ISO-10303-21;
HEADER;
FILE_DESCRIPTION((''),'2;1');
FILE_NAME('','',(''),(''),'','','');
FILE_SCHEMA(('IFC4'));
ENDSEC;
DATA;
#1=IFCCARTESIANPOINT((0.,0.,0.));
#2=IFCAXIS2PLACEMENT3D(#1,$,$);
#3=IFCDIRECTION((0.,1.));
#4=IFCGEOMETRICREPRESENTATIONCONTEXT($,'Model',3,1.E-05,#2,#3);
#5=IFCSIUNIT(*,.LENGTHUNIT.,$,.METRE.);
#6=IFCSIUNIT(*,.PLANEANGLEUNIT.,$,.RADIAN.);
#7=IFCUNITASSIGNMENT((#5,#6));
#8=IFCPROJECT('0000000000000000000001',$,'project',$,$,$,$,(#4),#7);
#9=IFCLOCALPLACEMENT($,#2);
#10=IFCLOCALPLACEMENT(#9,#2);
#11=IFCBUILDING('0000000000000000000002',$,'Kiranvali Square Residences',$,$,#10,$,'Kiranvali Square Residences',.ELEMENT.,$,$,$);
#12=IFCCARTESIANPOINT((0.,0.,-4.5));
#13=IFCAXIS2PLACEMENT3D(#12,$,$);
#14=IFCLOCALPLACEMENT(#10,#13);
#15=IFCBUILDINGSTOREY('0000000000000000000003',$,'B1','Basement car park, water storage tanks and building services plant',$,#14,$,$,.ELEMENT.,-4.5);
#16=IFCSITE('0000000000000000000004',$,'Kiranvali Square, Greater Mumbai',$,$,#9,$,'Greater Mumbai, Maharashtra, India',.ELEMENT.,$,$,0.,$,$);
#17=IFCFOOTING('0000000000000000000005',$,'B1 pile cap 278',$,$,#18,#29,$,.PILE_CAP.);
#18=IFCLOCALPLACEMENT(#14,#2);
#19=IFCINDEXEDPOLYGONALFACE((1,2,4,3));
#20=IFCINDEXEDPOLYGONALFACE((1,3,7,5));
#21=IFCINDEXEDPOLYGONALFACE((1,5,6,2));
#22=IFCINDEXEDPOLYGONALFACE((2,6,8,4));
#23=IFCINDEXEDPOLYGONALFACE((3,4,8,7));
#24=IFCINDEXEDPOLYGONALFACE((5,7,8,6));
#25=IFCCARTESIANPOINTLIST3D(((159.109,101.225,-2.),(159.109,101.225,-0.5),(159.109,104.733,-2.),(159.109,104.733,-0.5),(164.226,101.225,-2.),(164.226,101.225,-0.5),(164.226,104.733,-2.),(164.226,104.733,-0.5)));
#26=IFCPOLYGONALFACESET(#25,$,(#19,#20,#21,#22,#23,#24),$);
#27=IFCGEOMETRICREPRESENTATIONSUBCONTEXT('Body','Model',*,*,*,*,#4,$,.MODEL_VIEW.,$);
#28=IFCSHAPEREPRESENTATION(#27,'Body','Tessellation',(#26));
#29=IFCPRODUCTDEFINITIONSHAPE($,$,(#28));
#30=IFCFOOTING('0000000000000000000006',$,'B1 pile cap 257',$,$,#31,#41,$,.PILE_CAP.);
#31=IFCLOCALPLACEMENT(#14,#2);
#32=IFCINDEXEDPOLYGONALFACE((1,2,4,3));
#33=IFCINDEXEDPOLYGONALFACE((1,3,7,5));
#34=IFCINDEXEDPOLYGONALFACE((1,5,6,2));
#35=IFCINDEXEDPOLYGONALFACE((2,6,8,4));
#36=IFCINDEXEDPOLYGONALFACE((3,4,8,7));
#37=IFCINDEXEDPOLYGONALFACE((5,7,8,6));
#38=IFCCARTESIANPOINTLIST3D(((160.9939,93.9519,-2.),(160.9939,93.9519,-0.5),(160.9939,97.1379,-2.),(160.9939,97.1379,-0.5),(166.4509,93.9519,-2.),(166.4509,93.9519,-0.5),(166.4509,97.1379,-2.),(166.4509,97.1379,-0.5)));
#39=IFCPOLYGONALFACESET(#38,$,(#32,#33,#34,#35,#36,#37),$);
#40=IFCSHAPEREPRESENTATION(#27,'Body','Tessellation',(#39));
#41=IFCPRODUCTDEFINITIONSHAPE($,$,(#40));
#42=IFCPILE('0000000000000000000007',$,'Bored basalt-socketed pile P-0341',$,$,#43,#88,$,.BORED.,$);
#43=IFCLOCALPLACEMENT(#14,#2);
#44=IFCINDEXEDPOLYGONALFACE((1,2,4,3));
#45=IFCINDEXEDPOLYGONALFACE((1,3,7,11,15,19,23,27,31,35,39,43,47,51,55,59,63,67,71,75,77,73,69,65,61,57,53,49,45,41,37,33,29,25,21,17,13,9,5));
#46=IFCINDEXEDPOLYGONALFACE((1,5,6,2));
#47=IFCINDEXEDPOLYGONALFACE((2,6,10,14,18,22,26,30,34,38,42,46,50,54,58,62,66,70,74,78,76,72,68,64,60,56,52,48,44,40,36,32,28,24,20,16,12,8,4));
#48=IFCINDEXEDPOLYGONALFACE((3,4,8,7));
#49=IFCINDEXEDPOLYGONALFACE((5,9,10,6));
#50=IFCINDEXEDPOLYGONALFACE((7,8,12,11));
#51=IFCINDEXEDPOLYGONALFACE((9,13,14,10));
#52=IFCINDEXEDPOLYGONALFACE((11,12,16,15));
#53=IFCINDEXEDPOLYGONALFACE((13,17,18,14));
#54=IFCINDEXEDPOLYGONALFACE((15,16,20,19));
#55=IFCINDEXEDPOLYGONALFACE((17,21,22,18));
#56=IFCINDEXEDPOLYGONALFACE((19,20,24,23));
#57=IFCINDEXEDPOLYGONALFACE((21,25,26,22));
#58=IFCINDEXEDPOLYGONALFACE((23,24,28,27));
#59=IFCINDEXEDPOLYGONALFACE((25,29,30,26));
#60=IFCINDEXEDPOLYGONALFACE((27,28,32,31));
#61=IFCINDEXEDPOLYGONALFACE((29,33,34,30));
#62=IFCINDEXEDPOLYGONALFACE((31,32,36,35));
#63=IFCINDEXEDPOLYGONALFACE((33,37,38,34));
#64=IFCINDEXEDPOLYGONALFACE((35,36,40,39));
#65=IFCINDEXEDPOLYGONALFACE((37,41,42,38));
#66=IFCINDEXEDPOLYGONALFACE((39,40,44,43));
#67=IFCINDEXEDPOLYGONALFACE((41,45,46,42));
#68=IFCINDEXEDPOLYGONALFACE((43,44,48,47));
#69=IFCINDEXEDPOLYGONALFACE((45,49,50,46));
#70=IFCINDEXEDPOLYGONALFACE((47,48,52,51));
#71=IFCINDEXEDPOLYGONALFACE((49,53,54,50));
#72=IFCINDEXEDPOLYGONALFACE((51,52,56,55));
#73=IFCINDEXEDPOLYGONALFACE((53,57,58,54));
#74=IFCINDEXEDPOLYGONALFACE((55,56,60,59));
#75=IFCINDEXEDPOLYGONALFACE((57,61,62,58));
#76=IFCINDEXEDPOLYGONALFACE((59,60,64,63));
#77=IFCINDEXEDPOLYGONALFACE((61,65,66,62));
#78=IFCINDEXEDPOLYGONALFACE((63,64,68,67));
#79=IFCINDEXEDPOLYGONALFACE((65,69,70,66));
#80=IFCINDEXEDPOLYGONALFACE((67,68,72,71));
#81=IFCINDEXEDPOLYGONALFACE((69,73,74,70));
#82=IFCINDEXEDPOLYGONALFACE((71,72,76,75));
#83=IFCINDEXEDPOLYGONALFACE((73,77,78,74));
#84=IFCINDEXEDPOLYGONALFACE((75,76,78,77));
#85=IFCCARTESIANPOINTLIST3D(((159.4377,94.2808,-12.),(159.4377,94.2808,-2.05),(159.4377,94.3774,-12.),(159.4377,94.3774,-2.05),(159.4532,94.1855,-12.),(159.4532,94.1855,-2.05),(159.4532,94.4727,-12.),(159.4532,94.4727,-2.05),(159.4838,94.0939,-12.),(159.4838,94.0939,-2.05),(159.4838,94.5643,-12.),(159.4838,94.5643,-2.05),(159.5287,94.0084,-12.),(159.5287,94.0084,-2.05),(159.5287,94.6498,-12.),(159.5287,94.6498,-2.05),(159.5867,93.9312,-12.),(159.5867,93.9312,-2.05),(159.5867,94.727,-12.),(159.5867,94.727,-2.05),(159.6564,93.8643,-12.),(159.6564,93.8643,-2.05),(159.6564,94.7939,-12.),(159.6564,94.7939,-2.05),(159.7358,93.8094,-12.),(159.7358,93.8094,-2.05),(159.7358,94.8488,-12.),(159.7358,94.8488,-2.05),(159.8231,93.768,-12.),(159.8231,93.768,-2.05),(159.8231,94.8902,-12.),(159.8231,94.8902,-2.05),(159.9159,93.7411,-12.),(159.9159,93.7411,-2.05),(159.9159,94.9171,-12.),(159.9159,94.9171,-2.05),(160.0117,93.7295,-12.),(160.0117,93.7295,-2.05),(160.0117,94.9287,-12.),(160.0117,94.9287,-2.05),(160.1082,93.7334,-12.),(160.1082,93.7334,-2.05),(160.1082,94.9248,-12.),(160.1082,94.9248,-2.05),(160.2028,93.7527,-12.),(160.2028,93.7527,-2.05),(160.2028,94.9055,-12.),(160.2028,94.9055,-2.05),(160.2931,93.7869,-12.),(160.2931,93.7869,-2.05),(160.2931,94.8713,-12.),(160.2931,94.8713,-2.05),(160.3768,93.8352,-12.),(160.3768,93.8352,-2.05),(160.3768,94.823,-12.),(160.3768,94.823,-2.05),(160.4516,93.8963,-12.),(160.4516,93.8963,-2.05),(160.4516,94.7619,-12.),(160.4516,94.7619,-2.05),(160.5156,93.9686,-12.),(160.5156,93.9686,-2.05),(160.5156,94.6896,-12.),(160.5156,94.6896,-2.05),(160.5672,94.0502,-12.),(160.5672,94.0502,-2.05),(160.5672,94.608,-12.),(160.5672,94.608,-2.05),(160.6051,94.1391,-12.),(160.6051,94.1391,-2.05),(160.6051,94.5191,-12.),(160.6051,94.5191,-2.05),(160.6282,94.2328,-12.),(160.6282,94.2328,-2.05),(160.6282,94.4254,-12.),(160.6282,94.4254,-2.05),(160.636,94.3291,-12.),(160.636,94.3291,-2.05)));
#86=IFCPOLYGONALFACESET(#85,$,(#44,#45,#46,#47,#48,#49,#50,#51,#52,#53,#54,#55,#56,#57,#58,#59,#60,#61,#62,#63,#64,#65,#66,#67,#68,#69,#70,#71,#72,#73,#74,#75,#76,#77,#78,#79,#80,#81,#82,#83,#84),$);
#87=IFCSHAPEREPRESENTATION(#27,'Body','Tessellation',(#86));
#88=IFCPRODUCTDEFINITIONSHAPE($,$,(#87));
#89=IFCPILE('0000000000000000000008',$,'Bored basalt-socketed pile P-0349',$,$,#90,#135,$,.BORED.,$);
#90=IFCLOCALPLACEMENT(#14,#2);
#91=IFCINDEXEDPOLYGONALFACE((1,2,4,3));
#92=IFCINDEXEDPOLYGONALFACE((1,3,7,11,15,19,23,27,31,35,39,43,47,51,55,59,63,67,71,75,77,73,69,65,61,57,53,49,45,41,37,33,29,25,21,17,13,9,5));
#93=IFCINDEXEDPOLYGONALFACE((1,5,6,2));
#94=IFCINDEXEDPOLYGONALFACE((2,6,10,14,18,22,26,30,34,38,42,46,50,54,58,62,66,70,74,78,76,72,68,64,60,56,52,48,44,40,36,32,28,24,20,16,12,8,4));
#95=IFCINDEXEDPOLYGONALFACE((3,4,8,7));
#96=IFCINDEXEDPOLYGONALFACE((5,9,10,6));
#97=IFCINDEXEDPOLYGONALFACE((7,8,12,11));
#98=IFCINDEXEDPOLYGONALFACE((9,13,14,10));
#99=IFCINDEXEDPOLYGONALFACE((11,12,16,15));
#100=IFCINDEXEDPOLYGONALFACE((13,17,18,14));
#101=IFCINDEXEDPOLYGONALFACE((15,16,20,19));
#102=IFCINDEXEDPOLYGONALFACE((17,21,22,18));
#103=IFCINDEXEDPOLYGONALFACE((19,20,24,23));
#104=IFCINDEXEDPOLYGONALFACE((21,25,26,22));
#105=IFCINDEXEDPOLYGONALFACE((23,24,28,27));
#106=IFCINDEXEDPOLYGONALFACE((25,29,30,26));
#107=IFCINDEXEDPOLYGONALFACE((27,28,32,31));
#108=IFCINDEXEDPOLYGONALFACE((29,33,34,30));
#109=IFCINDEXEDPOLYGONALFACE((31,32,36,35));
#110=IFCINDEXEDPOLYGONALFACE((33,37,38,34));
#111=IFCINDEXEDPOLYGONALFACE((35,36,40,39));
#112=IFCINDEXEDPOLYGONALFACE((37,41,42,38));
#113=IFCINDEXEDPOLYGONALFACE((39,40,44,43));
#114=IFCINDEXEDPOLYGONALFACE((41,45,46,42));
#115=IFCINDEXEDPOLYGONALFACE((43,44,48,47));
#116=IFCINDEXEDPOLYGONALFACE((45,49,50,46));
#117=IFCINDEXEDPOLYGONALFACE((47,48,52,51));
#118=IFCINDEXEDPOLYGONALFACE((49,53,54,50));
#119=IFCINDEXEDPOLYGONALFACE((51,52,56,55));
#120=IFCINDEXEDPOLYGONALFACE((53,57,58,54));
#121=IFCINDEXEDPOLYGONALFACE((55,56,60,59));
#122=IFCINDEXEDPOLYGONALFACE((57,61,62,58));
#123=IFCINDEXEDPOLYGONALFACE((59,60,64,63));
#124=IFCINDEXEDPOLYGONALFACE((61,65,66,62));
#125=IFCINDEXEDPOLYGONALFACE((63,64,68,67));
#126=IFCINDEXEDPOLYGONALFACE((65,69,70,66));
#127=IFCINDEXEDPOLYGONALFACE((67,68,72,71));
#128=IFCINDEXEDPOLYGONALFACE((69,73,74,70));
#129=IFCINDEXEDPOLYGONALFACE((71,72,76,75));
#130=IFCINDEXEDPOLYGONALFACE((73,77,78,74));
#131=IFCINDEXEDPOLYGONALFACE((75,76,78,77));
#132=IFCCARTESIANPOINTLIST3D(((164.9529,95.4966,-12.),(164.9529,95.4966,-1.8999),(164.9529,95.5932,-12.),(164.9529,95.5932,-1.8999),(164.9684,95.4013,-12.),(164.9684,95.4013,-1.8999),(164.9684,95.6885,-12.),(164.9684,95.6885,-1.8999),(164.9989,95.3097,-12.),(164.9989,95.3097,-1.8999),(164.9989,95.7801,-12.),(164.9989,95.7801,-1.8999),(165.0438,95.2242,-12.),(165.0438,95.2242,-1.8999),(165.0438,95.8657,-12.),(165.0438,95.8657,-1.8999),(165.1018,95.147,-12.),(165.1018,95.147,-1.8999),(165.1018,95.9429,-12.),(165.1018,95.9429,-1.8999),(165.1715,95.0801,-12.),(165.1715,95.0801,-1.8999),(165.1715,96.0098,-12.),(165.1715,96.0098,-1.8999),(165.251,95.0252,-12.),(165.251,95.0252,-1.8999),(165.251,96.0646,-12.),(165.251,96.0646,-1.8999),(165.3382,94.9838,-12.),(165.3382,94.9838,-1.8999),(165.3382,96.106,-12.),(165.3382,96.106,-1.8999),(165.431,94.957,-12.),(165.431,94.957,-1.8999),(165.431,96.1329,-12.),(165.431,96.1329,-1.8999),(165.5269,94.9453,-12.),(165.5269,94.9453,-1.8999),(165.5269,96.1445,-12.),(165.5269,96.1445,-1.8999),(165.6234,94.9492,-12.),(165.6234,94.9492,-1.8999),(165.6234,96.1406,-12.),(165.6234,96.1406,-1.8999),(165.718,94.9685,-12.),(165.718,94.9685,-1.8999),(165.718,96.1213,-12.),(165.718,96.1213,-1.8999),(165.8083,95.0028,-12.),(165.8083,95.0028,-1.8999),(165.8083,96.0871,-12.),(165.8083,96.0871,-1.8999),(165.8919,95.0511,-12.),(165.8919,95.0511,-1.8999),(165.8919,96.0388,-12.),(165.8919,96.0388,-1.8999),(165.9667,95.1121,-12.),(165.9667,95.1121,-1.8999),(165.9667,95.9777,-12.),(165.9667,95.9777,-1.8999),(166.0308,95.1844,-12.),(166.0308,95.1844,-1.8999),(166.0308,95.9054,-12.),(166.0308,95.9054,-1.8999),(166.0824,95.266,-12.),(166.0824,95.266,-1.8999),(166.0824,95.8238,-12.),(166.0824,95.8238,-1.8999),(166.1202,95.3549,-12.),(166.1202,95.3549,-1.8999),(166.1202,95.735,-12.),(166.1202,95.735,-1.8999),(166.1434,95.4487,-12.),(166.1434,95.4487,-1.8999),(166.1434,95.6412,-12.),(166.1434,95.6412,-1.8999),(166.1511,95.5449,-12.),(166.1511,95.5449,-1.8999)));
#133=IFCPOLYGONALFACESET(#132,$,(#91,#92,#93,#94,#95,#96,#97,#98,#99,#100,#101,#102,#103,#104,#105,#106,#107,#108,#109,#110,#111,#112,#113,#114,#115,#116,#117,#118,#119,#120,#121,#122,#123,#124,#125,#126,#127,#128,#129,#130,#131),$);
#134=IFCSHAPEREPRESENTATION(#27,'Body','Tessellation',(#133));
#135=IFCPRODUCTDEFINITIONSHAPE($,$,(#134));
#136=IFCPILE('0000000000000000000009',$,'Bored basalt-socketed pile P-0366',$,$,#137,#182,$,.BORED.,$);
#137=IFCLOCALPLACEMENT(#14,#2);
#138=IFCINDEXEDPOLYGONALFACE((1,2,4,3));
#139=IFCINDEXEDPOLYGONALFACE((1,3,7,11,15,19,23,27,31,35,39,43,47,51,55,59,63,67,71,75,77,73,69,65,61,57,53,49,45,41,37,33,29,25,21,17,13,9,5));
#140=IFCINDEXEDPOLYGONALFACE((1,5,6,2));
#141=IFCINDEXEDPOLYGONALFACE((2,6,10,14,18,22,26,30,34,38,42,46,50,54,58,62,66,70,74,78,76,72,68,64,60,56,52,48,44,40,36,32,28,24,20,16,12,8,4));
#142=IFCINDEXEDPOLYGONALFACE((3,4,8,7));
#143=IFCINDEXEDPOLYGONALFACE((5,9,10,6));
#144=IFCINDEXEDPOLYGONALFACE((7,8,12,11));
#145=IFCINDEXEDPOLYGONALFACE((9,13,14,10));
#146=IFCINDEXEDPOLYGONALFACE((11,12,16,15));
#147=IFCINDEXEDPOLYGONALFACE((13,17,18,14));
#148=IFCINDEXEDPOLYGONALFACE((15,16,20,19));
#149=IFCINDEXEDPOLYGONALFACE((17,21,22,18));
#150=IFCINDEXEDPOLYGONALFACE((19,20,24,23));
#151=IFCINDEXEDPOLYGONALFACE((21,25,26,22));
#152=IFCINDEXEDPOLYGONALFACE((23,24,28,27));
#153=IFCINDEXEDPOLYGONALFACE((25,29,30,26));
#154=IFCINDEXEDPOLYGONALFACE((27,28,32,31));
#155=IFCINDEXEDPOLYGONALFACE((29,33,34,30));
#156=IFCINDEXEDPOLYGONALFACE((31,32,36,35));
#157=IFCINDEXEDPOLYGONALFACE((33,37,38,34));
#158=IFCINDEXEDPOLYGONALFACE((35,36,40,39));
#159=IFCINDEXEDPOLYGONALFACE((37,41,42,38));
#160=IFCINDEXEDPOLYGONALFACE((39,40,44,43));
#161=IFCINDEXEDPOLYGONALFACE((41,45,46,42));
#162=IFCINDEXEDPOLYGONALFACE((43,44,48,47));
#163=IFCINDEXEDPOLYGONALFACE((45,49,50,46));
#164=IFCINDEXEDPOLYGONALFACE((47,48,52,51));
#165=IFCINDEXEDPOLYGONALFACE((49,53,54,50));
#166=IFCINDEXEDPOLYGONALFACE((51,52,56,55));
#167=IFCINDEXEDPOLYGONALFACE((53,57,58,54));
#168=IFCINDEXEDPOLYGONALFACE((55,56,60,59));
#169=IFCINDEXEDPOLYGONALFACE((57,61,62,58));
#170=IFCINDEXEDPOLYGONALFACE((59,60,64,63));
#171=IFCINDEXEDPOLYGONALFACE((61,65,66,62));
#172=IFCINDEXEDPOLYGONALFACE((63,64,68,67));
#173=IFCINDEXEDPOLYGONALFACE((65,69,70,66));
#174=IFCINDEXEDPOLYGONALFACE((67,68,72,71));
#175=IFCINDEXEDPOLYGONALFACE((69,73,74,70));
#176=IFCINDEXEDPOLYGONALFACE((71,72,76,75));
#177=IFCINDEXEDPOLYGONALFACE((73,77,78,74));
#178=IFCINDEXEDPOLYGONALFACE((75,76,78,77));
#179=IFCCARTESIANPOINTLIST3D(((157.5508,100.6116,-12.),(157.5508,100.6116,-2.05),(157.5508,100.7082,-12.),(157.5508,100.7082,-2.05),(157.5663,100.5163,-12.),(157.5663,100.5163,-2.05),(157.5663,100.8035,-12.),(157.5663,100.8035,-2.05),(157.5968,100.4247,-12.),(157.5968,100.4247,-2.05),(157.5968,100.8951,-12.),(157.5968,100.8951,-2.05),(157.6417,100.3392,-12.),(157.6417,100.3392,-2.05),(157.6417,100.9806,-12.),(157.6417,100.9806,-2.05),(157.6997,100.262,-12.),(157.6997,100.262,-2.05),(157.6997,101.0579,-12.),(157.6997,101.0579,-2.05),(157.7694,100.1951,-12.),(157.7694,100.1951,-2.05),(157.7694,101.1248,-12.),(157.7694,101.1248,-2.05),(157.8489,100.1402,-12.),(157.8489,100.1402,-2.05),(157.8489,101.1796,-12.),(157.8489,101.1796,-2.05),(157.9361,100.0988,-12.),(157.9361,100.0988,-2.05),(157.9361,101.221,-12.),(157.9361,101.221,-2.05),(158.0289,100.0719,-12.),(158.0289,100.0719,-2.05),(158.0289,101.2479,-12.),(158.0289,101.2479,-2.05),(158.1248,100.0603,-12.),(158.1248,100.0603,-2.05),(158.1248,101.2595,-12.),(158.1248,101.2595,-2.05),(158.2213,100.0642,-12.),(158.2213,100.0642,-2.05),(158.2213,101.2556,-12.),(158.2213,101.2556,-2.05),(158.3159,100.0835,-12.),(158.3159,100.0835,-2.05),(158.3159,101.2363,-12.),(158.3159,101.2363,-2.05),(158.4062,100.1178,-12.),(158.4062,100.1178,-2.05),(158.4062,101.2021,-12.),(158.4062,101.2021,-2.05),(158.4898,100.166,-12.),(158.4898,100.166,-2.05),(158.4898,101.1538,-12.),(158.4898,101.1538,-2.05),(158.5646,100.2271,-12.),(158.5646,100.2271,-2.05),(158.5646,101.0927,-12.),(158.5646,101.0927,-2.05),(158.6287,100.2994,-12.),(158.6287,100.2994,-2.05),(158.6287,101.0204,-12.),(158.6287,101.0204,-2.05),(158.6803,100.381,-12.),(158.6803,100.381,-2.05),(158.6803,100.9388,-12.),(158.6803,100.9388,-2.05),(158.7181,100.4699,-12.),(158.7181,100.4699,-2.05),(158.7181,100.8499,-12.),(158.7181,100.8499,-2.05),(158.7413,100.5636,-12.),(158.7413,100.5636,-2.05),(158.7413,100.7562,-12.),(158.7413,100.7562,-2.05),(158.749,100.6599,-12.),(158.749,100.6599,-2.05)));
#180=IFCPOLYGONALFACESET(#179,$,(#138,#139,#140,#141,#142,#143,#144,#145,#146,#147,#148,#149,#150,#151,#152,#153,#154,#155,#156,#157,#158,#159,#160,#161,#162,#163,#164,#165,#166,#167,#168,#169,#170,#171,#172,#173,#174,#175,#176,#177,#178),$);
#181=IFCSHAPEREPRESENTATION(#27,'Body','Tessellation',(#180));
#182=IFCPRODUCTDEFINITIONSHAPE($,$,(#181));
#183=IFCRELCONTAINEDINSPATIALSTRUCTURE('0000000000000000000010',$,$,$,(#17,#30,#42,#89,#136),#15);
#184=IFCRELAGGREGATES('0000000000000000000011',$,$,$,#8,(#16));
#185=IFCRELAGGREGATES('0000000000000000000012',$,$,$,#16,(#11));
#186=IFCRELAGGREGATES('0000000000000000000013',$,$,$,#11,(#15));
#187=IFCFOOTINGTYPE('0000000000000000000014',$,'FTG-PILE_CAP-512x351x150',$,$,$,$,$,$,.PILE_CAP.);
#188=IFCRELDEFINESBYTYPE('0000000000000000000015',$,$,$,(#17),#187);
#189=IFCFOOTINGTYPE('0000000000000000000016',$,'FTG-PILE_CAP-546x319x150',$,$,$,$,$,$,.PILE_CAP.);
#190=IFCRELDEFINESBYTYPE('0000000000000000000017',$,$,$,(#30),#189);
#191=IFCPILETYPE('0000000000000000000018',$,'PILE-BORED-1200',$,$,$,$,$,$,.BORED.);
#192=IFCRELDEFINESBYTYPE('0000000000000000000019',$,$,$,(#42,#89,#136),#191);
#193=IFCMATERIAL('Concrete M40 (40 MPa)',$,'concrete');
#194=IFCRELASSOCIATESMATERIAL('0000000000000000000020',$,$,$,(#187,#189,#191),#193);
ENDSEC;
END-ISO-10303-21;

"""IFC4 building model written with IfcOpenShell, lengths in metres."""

from ifc_helpers import new_model, si_unit, direction, frame, origin, origin_2d, place, context, subcontext, project, spatial, rectangle, circle, extrude, material, material_profile, profile_set, type_object, element, save


model = new_model("IFC4")

# Units and contexts
model_context = context("Model", 3, precision=1e-05, world=origin(), true_north=direction((0.0, 1.0)))
body_context = subcontext(model_context, "Body", "Model", "MODEL_VIEW")
ifc_project = project(units=[si_unit("LENGTHUNIT", "METRE"), si_unit("PLANEANGLEUNIT", "RADIAN")], contexts=[model_context])

# Site, building, storey
site_placement = place(None, origin())
site = spatial("IfcSite", under=ifc_project, at=site_placement, Name="Kiranvali Square, Greater Mumbai", LongName="Greater Mumbai, Maharashtra, India", CompositionType="ELEMENT", RefElevation=0.0)
building_placement = place(site_placement, origin())
building = spatial("IfcBuilding", under=site, at=building_placement, Name="Kiranvali Square Residences", LongName="Kiranvali Square Residences", CompositionType="ELEMENT")
storey_placement = place(building_placement, frame((0.0, 0.0, -4.5)))
storey = spatial("IfcBuildingStorey", under=building, at=storey_placement, Name="B1", Description="Basement car park, water storage tanks and building services plant", CompositionType="ELEMENT", Elevation=-4.5)

# Footings
ifc_material_1 = material(Name="Concrete M40 (40 MPa)", Category="concrete")
footing_type_1 = type_object("IfcFootingType", Name="FTG-PILE_CAP-512x351x150", PredefinedType="PILE_CAP", material=ifc_material_1)
footing_1_placement = place(storey_placement, frame((161.6675, 102.979, -2.0), z_axis=(0.0, 0.0, 1.0), x_axis=(1.0, 0.0, 0.0)))
element("IfcFooting", 1, at=footing_1_placement, inside=storey, type_object=footing_type_1, Name="B1 pile cap 278", PredefinedType="PILE_CAP", context=body_context, shape_type="SweptSolid", body=[
    extrude(rectangle(XDim=5.1169, YDim=3.5081, at=origin_2d()), origin(), (0.0, 0.0, 1.0), 1.5),
])
footing_type_2 = type_object("IfcFootingType", Name="FTG-PILE_CAP-546x319x150", PredefinedType="PILE_CAP", material=ifc_material_1)
footing_2_placement = place(storey_placement, frame((163.7224, 95.5449, -2.0), z_axis=(0.0, 0.0, 1.0), x_axis=(1.0, 0.0, 0.0)))
element("IfcFooting", 2, at=footing_2_placement, inside=storey, type_object=footing_type_2, Name="B1 pile cap 257", PredefinedType="PILE_CAP", context=body_context, shape_type="SweptSolid", body=[
    extrude(rectangle(XDim=5.457, YDim=3.186, at=origin_2d()), origin(), (0.0, 0.0, 1.0), 1.5),
])

# Piles
ifc_material_profile_1 = material_profile(ifc_material_1, circle(Radius=0.6001, at=origin_2d()), Name="BORED PILE 1200")
ifc_profile_set_1 = profile_set([ifc_material_profile_1], Name="Concrete M40 (40 MPa)")
pile_type = type_object("IfcPileType", Name="PILE-BORED-1200", PredefinedType="BORED", material=ifc_profile_set_1)
pile_1_placement = place(storey_placement, frame((160.0359, 94.3291, -2.05), z_axis=(0.0, 0.0, -1.0), x_axis=(1.0, 0.0, 0.0)))
element("IfcPile", 3, at=pile_1_placement, inside=storey, type_object=pile_type, Name="Bored basalt-socketed pile P-0341", PredefinedType="BORED", context=body_context, shape_type="SweptSolid", body=[
    extrude(circle(Radius=0.6001, at=origin_2d()), origin(), (0.0, 0.0, 1.0), 9.95),
])
pile_2_placement = place(storey_placement, frame((165.551, 95.5449, -1.8999), z_axis=(0.0, 0.0, -1.0), x_axis=(1.0, 0.0, 0.0)))
element("IfcPile", 4, at=pile_2_placement, inside=storey, type_object=pile_type, Name="Bored basalt-socketed pile P-0349", PredefinedType="BORED", context=body_context, shape_type="SweptSolid", body=[
    extrude(circle(Radius=0.6001, at=origin_2d()), origin(), (0.0, 0.0, 1.0), 10.1001),
])
pile_3_placement = place(storey_placement, frame((158.1489, 100.6599, -2.05), z_axis=(0.0, 0.0, -1.0), x_axis=(1.0, 0.0, 0.0)))
element("IfcPile", 5, at=pile_3_placement, inside=storey, type_object=pile_type, Name="Bored basalt-socketed pile P-0366", PredefinedType="BORED", context=body_context, shape_type="SweptSolid", body=[
    extrude(circle(Radius=0.6001, at=origin_2d()), origin(), (0.0, 0.0, 1.0), 9.95),
])

save(model, "model.ifc")
